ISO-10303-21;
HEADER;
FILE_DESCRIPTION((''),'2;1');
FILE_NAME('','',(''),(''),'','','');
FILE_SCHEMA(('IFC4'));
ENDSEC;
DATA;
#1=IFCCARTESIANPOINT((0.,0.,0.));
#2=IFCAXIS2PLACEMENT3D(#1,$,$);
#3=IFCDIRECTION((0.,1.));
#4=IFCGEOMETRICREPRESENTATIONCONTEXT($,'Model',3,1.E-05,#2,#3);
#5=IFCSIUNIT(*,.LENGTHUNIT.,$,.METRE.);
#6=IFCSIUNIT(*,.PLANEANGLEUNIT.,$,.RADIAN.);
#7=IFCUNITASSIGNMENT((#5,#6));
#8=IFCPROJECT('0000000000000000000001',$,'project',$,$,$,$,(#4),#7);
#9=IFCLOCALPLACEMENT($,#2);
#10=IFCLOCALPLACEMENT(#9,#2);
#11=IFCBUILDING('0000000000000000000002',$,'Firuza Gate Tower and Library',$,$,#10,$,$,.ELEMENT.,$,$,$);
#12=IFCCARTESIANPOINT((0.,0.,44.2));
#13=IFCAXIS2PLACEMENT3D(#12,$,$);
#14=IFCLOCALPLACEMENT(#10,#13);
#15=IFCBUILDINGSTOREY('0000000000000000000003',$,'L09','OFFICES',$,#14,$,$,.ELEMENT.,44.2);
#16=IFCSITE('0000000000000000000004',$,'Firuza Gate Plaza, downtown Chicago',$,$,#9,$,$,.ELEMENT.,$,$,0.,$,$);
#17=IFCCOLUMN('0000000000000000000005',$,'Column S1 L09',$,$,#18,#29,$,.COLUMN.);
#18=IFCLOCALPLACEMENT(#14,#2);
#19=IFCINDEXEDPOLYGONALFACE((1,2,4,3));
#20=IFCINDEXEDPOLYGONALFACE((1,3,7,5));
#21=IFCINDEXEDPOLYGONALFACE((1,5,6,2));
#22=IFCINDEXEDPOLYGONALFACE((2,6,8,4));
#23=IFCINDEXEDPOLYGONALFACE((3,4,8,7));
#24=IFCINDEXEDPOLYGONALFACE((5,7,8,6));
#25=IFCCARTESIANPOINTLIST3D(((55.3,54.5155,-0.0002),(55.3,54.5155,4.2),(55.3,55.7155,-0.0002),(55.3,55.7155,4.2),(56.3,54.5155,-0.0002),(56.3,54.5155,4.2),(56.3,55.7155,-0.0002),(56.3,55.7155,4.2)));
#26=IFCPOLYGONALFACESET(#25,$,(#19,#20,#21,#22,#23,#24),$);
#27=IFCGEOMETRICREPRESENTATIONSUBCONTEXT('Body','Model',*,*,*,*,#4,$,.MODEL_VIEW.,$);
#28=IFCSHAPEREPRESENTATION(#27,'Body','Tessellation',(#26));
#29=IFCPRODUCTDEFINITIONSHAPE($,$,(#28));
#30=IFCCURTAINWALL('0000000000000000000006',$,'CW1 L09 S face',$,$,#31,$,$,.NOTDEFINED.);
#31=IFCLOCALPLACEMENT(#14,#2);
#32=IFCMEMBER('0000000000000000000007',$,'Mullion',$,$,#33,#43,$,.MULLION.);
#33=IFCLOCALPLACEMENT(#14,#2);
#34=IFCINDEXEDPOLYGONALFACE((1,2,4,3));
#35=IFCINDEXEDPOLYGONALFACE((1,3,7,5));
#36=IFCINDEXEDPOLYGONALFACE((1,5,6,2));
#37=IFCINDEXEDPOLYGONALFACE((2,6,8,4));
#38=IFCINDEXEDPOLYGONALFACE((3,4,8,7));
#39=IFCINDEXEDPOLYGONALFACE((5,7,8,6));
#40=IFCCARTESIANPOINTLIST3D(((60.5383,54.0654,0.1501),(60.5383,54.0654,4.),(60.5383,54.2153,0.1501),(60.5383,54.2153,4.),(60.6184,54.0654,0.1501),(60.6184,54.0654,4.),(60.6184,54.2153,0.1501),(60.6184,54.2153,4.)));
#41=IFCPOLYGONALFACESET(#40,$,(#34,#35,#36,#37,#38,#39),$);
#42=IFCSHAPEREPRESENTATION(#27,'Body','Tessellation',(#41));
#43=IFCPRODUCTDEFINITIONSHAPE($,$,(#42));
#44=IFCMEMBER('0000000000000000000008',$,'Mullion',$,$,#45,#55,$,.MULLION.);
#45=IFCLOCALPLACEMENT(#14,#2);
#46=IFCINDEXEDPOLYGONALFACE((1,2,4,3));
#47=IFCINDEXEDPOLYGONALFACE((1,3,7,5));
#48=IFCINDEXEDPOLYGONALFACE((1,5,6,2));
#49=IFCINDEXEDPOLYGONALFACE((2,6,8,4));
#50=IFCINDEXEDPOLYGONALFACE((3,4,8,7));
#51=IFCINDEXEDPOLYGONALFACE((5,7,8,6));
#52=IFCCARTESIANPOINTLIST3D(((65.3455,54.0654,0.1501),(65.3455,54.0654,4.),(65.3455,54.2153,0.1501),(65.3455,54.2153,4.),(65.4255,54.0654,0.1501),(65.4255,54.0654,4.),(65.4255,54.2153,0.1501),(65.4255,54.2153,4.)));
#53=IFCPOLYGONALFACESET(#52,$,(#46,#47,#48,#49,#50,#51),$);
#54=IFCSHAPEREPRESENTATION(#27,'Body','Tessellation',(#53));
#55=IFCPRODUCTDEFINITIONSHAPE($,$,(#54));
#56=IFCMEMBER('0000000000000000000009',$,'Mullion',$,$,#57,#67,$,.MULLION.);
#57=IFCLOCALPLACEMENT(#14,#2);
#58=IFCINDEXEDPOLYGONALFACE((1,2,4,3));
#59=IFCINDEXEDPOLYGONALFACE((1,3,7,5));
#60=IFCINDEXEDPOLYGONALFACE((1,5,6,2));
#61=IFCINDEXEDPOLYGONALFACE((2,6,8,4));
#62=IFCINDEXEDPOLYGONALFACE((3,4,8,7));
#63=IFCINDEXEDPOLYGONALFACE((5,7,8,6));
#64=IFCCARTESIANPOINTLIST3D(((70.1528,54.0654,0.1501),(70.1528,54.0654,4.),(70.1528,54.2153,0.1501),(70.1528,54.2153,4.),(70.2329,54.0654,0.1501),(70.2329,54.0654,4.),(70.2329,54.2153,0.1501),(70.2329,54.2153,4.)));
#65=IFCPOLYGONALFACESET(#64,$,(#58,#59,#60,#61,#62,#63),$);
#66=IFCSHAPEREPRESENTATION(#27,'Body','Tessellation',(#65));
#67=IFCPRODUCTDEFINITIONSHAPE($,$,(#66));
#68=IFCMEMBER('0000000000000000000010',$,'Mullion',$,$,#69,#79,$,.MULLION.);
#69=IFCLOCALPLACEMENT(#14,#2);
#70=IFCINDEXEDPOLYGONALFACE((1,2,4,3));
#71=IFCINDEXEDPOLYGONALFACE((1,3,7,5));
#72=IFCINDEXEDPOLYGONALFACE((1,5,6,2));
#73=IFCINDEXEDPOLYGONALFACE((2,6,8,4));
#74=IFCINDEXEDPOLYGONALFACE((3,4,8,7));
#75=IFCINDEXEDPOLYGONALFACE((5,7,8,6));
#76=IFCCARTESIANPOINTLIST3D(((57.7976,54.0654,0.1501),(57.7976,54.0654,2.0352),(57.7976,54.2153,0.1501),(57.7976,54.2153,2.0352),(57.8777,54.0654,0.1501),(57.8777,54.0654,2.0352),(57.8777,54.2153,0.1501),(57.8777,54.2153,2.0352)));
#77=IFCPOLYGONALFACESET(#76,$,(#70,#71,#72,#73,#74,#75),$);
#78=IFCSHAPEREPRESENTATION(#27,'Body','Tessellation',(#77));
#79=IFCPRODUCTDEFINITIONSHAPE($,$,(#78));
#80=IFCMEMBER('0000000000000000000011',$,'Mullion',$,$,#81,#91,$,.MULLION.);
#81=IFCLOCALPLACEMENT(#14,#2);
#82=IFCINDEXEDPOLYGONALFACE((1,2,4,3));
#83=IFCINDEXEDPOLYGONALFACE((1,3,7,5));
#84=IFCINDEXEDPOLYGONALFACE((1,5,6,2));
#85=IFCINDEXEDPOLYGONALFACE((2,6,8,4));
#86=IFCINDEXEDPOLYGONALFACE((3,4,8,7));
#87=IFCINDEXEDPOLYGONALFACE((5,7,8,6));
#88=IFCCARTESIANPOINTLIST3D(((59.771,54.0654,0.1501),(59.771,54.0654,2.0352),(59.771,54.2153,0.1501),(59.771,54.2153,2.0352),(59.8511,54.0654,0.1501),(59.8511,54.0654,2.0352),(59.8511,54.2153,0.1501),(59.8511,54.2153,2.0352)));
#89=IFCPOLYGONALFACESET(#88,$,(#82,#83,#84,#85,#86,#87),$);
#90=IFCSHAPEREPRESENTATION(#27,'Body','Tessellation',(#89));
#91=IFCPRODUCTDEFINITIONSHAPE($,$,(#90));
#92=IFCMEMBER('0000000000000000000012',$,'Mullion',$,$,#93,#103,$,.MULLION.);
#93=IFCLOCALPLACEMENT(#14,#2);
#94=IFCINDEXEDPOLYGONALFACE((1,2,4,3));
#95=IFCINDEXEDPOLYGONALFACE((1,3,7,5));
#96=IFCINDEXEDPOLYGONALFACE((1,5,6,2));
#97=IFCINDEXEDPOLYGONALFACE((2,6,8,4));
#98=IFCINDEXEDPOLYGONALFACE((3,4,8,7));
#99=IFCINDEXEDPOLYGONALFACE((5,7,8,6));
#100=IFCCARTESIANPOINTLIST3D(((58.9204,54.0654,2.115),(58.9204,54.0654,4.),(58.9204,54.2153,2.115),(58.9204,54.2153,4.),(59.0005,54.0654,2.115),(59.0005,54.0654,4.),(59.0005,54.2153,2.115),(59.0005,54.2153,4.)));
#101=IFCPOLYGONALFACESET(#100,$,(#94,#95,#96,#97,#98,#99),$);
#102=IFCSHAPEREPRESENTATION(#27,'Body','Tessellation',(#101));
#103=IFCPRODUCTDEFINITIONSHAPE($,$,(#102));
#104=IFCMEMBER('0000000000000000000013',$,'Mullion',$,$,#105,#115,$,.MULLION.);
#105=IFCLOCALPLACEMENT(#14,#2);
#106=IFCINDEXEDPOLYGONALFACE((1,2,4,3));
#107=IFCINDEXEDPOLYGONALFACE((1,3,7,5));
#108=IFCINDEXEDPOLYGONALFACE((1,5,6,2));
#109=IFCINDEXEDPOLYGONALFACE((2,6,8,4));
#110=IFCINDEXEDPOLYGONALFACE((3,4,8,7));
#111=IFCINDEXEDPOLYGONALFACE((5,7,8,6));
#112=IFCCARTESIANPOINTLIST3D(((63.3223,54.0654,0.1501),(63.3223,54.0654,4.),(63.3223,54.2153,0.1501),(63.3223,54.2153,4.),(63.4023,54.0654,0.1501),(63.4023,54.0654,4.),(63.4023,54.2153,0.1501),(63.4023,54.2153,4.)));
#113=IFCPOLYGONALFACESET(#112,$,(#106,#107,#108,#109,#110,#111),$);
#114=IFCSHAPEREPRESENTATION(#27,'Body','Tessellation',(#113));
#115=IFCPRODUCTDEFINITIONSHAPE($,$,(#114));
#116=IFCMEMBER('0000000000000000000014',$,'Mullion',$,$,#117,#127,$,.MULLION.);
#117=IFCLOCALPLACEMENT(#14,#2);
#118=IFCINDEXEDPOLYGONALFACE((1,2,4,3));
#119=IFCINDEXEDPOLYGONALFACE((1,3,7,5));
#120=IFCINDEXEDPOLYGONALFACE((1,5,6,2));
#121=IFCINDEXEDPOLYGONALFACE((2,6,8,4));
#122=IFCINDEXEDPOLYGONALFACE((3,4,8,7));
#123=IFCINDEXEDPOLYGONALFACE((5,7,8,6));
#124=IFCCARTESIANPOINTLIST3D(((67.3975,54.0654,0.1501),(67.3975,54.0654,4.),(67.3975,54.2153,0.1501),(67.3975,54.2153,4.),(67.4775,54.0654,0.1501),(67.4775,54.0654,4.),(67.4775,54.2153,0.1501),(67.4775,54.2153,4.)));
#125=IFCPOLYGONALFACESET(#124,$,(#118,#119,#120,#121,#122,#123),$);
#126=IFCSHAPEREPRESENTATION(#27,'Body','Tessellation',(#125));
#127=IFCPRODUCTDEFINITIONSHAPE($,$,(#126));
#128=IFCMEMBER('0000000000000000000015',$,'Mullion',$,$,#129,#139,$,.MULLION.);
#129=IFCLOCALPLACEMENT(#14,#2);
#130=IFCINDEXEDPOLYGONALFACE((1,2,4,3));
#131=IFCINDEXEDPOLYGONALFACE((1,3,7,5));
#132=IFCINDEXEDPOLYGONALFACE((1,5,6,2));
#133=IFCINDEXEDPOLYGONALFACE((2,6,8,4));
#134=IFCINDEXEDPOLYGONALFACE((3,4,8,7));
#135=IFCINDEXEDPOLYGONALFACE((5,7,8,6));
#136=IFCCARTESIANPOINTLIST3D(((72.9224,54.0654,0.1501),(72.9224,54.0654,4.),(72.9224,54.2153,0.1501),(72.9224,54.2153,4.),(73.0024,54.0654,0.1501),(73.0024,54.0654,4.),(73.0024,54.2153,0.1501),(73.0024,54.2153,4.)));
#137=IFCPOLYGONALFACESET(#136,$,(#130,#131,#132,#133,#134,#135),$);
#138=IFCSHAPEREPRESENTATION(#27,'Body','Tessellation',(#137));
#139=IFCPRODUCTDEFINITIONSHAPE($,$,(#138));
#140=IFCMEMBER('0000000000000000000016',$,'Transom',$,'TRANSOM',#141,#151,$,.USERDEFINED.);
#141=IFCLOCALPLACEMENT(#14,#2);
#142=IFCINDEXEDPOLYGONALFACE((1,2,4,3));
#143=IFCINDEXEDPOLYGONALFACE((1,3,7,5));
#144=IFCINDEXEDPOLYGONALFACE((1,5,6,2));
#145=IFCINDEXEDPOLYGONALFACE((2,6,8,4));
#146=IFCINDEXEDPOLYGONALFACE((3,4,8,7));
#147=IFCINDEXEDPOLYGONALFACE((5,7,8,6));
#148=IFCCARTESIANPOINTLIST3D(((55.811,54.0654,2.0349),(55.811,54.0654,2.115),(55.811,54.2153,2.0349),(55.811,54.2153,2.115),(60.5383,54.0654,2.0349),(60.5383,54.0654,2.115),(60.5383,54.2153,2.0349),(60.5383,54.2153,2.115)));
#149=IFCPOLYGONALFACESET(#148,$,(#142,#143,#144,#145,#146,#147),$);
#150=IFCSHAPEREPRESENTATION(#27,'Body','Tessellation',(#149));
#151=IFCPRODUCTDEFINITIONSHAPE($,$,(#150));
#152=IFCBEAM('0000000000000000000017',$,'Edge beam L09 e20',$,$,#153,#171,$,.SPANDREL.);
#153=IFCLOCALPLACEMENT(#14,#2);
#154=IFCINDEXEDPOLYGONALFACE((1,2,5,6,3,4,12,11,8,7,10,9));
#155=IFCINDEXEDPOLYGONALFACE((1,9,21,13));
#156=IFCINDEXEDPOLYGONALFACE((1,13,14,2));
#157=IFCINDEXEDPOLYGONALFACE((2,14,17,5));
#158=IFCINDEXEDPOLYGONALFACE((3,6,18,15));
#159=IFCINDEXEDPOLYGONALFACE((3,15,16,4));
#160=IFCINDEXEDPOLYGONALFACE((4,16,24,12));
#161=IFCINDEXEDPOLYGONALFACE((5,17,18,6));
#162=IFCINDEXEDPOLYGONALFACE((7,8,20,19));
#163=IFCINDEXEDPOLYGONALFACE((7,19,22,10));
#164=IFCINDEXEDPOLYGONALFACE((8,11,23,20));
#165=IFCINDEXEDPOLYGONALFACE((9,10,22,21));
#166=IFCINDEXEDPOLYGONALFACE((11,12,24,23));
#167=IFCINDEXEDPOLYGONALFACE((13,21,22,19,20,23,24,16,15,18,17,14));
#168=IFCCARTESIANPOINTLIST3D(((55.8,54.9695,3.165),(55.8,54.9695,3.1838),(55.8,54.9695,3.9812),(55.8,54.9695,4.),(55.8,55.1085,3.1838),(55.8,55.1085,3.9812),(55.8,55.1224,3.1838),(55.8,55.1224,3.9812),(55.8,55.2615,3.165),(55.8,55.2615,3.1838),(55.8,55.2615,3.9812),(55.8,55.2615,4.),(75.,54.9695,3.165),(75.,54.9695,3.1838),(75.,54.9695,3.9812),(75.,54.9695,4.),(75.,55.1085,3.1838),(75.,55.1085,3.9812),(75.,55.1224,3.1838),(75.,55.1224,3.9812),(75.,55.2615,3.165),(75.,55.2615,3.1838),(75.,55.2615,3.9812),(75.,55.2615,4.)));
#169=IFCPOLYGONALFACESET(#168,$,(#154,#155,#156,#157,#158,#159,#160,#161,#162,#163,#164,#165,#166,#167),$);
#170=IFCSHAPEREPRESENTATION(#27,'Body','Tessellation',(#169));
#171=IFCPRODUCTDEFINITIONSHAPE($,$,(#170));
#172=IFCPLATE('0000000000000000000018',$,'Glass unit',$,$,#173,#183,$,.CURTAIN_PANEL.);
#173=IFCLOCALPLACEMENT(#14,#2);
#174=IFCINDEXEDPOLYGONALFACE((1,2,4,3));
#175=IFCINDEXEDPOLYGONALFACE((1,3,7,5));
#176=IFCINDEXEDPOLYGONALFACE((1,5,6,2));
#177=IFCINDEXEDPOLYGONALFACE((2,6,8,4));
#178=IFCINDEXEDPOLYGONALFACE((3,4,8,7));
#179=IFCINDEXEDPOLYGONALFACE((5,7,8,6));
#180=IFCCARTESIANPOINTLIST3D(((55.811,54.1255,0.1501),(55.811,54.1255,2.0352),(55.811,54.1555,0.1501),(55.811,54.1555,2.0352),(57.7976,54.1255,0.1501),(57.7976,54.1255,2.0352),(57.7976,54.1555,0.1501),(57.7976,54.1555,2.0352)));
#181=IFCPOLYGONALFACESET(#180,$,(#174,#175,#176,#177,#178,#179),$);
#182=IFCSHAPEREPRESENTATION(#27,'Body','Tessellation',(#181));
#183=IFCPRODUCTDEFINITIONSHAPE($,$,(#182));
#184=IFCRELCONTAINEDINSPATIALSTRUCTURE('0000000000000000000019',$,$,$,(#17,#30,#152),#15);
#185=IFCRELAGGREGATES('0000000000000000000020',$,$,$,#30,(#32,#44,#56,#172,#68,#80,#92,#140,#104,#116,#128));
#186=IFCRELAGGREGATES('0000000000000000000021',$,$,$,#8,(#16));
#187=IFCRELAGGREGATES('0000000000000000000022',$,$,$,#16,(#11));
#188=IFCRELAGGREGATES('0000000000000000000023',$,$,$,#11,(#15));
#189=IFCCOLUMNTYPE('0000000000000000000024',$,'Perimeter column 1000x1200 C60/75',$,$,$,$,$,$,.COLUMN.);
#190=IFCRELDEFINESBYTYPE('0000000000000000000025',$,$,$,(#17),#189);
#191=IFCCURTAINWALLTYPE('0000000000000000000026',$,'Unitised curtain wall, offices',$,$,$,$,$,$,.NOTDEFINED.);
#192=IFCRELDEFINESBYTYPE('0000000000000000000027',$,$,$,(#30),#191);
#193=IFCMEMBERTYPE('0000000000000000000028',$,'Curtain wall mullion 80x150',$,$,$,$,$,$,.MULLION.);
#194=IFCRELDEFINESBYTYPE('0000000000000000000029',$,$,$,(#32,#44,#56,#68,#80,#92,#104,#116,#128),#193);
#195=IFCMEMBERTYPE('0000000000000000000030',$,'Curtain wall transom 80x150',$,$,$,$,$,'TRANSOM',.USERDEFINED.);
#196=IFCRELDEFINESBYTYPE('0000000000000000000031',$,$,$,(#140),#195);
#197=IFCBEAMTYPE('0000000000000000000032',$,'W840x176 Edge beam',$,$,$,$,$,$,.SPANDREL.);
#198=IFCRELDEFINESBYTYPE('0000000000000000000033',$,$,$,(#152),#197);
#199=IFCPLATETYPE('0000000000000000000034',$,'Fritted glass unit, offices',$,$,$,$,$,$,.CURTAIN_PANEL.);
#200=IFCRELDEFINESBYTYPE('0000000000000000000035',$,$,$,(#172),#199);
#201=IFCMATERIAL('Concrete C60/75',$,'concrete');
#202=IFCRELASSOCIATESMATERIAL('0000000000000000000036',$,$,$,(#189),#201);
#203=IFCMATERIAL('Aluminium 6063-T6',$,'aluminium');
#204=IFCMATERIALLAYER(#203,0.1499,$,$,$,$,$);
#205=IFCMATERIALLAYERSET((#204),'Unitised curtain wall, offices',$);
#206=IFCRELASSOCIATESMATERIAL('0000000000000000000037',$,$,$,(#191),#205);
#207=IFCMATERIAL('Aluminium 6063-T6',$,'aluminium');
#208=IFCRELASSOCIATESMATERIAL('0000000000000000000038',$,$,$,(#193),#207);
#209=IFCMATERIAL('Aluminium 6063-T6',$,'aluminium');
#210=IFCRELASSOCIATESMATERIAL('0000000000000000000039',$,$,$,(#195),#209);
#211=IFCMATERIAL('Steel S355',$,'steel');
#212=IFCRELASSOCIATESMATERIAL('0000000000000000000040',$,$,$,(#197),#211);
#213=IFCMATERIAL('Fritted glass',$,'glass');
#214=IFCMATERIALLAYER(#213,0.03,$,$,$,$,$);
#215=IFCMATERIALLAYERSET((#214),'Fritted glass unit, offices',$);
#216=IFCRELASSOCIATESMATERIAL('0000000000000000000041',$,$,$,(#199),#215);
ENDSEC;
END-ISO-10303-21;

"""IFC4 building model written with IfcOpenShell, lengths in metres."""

from ifc_helpers import new_model, si_unit, direction, frame, origin, origin_2d, place, context, subcontext, project, spatial, polyline, rectangle, i_section, outline, extrude, material, layer, layer_set, material_profile, profile_set, type_object, element, aggregate, save


model = new_model("IFC4")

# Units and contexts
model_context = context("Model", 3, precision=1e-05, world=origin(), true_north=direction((0.0, 1.0)))
body_context = subcontext(model_context, "Body", "Model", "MODEL_VIEW")
ifc_project = project(units=[si_unit("LENGTHUNIT", "METRE"), si_unit("PLANEANGLEUNIT", "RADIAN")], contexts=[model_context])

# Site, building, storey
site_placement = place(None, origin())
site = spatial("IfcSite", under=ifc_project, at=site_placement, Name="Firuza Gate Plaza, downtown Chicago", CompositionType="ELEMENT", RefElevation=0.0)
building_placement = place(site_placement, origin())
building = spatial("IfcBuilding", under=site, at=building_placement, Name="Firuza Gate Tower and Library", CompositionType="ELEMENT")
storey_placement = place(building_placement, frame((0.0, 0.0, 44.2)))
storey = spatial("IfcBuildingStorey", under=building, at=storey_placement, Name="L09", Description="OFFICES", CompositionType="ELEMENT", Elevation=44.2)

# Column
ifc_material_1 = material(Name="Concrete C60/75", Category="concrete")
ifc_material_profile_1 = material_profile(ifc_material_1, rectangle(XDim=1.0, YDim=1.2, at=origin_2d()))
ifc_profile_set_1 = profile_set([ifc_material_profile_1], Name="Concrete C60/75")
column_type = type_object("IfcColumnType", Name="Perimeter column 1000x1200 C60/75", PredefinedType="COLUMN", material=ifc_profile_set_1)
column_placement = place(storey_placement, frame((55.8, 55.1155, -0.0002), z_axis=(0.0, 0.0, 1.0), x_axis=(1.0, 0.0, 0.0)))
element("IfcColumn", 1, at=column_placement, inside=storey, type_object=column_type, Name="Column S1 L09", PredefinedType="COLUMN", context=body_context, shape_type="SweptSolid", body=[
    extrude(rectangle(XDim=1.0, YDim=1.2, at=origin_2d()), origin(), (0.0, 0.0, 1.0), 4.2002),
])

# Curtain wall, members
ifc_material_2 = material(Name="Aluminium 6063-T6", Category="aluminium")
ifc_layer_1 = layer(ifc_material_2, 0.1499)
ifc_layer_set_1 = layer_set([ifc_layer_1], Name="Unitised curtain wall, offices")
curtain_wall_type = type_object("IfcCurtainWallType", Name="Unitised curtain wall, offices", PredefinedType="NOTDEFINED", material=ifc_layer_set_1)
curtain_wall_placement = place(storey_placement, origin())
curtain_wall = element("IfcCurtainWall", 2, at=curtain_wall_placement, inside=storey, type_object=curtain_wall_type, Name="CW1 L09 S face", PredefinedType="NOTDEFINED")
ifc_material_3 = material(Name="Aluminium 6063-T6", Category="aluminium")
ifc_material_profile_2 = material_profile(ifc_material_3, rectangle(XDim=0.1499, YDim=0.0801, at=origin_2d()))
ifc_profile_set_2 = profile_set([ifc_material_profile_2], Name="Aluminium 6063-T6")
member_type_1 = type_object("IfcMemberType", Name="Curtain wall mullion 80x150", PredefinedType="MULLION", material=ifc_profile_set_2)
member_1_placement = place(storey_placement, frame((60.5784, 54.1404, 0.1501), z_axis=(0.0, 0.0, 1.0), x_axis=(0.0, 1.0, 0.0)))
member_1 = element("IfcMember", 3, at=member_1_placement, type_object=member_type_1, Name="Mullion", PredefinedType="MULLION", context=body_context, shape_type="SweptSolid", body=[
    extrude(rectangle(XDim=0.1499, YDim=0.0801, at=origin_2d()), origin(), (0.0, 0.0, 1.0), 3.8499),
])
member_2_placement = place(storey_placement, frame((65.3855, 54.1404, 0.1501), z_axis=(0.0, 0.0, 1.0), x_axis=(0.0, 1.0, 0.0)))
member_2 = element("IfcMember", 4, at=member_2_placement, type_object=member_type_1, Name="Mullion", PredefinedType="MULLION", context=body_context, shape_type="SweptSolid", body=[
    extrude(rectangle(XDim=0.1499, YDim=0.0801, at=origin_2d()), origin(), (0.0, 0.0, 1.0), 3.8499),
])
member_3_placement = place(storey_placement, frame((70.1929, 54.1404, 0.1501), z_axis=(0.0, 0.0, 1.0), x_axis=(0.0, 1.0, 0.0)))
member_3 = element("IfcMember", 5, at=member_3_placement, type_object=member_type_1, Name="Mullion", PredefinedType="MULLION", context=body_context, shape_type="SweptSolid", body=[
    extrude(rectangle(XDim=0.1499, YDim=0.0801, at=origin_2d()), origin(), (0.0, 0.0, 1.0), 3.8499),
])
member_4_placement = place(storey_placement, frame((57.8376, 54.1404, 0.1501), z_axis=(0.0, 0.0, 1.0), x_axis=(0.0, 1.0, 0.0)))
member_4 = element("IfcMember", 6, at=member_4_placement, type_object=member_type_1, Name="Mullion", PredefinedType="MULLION", context=body_context, shape_type="SweptSolid", body=[
    extrude(rectangle(XDim=0.1499, YDim=0.0801, at=origin_2d()), origin(), (0.0, 0.0, 1.0), 1.885),
])
member_5_placement = place(storey_placement, frame((59.811, 54.1404, 0.1501), z_axis=(0.0, 0.0, 1.0), x_axis=(0.0, 1.0, 0.0)))
member_5 = element("IfcMember", 7, at=member_5_placement, type_object=member_type_1, Name="Mullion", PredefinedType="MULLION", context=body_context, shape_type="SweptSolid", body=[
    extrude(rectangle(XDim=0.1499, YDim=0.0801, at=origin_2d()), origin(), (0.0, 0.0, 1.0), 1.885),
])
member_6_placement = place(storey_placement, frame((58.9604, 54.1404, 2.115), z_axis=(0.0, 0.0, 1.0), x_axis=(0.0, 1.0, 0.0)))
member_6 = element("IfcMember", 8, at=member_6_placement, type_object=member_type_1, Name="Mullion", PredefinedType="MULLION", context=body_context, shape_type="SweptSolid", body=[
    extrude(rectangle(XDim=0.1499, YDim=0.0801, at=origin_2d()), origin(), (0.0, 0.0, 1.0), 1.885),
])
member_7_placement = place(storey_placement, frame((63.3623, 54.1404, 0.1501), z_axis=(0.0, 0.0, 1.0), x_axis=(0.0, 1.0, 0.0)))
member_7 = element("IfcMember", 9, at=member_7_placement, type_object=member_type_1, Name="Mullion", PredefinedType="MULLION", context=body_context, shape_type="SweptSolid", body=[
    extrude(rectangle(XDim=0.1499, YDim=0.0801, at=origin_2d()), origin(), (0.0, 0.0, 1.0), 3.8499),
])
member_8_placement = place(storey_placement, frame((67.4375, 54.1404, 0.1501), z_axis=(0.0, 0.0, 1.0), x_axis=(0.0, 1.0, 0.0)))
member_8 = element("IfcMember", 10, at=member_8_placement, type_object=member_type_1, Name="Mullion", PredefinedType="MULLION", context=body_context, shape_type="SweptSolid", body=[
    extrude(rectangle(XDim=0.1499, YDim=0.0801, at=origin_2d()), origin(), (0.0, 0.0, 1.0), 3.8499),
])
member_9_placement = place(storey_placement, frame((72.9624, 54.1404, 0.1501), z_axis=(0.0, 0.0, 1.0), x_axis=(0.0, 1.0, 0.0)))
member_9 = element("IfcMember", 11, at=member_9_placement, type_object=member_type_1, Name="Mullion", PredefinedType="MULLION", context=body_context, shape_type="SweptSolid", body=[
    extrude(rectangle(XDim=0.1499, YDim=0.0801, at=origin_2d()), origin(), (0.0, 0.0, 1.0), 3.8499),
])
ifc_material_4 = material(Name="Aluminium 6063-T6", Category="aluminium")
ifc_material_profile_3 = material_profile(ifc_material_4, rectangle(XDim=0.1499, YDim=0.0801, at=origin_2d()))
ifc_profile_set_3 = profile_set([ifc_material_profile_3], Name="Aluminium 6063-T6")
member_type_2 = type_object("IfcMemberType", Name="Curtain wall transom 80x150", ElementType="TRANSOM", PredefinedType="USERDEFINED", material=ifc_profile_set_3)
member_10_placement = place(storey_placement, frame((55.811, 54.1404, 2.075), z_axis=(1.0, 0.0, 0.0), x_axis=(0.0, 1.0, 0.0)))
member_10 = element("IfcMember", 12, at=member_10_placement, type_object=member_type_2, Name="Transom", ObjectType="TRANSOM", PredefinedType="USERDEFINED", context=body_context, shape_type="SweptSolid", body=[
    extrude(rectangle(XDim=0.1499, YDim=0.0801, at=origin_2d()), origin(), (0.0, 0.0, 1.0), 4.7273),
])

# Beam
ifc_material_5 = material(Name="Steel S355", Category="steel")
ifc_material_profile_4 = material_profile(ifc_material_5, i_section(OverallWidth=0.292, OverallDepth=0.835, WebThickness=0.0139, FlangeThickness=0.0188, at=origin_2d()))
ifc_profile_set_4 = profile_set([ifc_material_profile_4], Name="Steel S355")
beam_type = type_object("IfcBeamType", Name="W840x176 Edge beam", PredefinedType="SPANDREL", material=ifc_profile_set_4)
beam_placement = place(storey_placement, frame((55.8, 55.1155, 3.5825), z_axis=(1.0, 0.0, 0.0), x_axis=(0.0, 1.0, 0.0)))
element("IfcBeam", 13, at=beam_placement, inside=storey, type_object=beam_type, Name="Edge beam L09 e20", PredefinedType="SPANDREL", context=body_context, shape_type="SweptSolid", body=[
    extrude(i_section(OverallWidth=0.292, OverallDepth=0.835, WebThickness=0.0139, FlangeThickness=0.0188, at=origin_2d()), origin(), (0.0, 0.0, 1.0), 19.2),
])

# Plate
ifc_material_6 = material(Name="Fritted glass", Category="glass")
ifc_layer_2 = layer(ifc_material_6, 0.03)
ifc_layer_set_2 = layer_set([ifc_layer_2], Name="Fritted glass unit, offices")
plate_type_1 = type_object("IfcPlateType", Name="Fritted glass unit, offices", PredefinedType="CURTAIN_PANEL", material=ifc_layer_set_2)
plate_1_placement = place(storey_placement, frame((55.811, 54.1255, 0.1501), z_axis=(0.0, -1.0, 0.0), x_axis=(1.0, 0.0, 0.0)))
plate_1 = element("IfcPlate", 14, at=plate_1_placement, type_object=plate_type_1, Name="Glass unit", PredefinedType="CURTAIN_PANEL", context=body_context, shape_type="SweptSolid", body=[
    extrude(outline(polyline([(0.0, 0.0), (1.9866, 0.0), (1.9866, 1.885), (0.0, 1.885), (0.0, 0.0)])), origin(), (0.0, 0.0, -1.0), 0.03),
])
aggregate(curtain_wall, [member_1, member_2, member_3, plate_1, member_4, member_5, member_6, member_10, member_7, member_8, member_9])

save(model, "model.ifc")
